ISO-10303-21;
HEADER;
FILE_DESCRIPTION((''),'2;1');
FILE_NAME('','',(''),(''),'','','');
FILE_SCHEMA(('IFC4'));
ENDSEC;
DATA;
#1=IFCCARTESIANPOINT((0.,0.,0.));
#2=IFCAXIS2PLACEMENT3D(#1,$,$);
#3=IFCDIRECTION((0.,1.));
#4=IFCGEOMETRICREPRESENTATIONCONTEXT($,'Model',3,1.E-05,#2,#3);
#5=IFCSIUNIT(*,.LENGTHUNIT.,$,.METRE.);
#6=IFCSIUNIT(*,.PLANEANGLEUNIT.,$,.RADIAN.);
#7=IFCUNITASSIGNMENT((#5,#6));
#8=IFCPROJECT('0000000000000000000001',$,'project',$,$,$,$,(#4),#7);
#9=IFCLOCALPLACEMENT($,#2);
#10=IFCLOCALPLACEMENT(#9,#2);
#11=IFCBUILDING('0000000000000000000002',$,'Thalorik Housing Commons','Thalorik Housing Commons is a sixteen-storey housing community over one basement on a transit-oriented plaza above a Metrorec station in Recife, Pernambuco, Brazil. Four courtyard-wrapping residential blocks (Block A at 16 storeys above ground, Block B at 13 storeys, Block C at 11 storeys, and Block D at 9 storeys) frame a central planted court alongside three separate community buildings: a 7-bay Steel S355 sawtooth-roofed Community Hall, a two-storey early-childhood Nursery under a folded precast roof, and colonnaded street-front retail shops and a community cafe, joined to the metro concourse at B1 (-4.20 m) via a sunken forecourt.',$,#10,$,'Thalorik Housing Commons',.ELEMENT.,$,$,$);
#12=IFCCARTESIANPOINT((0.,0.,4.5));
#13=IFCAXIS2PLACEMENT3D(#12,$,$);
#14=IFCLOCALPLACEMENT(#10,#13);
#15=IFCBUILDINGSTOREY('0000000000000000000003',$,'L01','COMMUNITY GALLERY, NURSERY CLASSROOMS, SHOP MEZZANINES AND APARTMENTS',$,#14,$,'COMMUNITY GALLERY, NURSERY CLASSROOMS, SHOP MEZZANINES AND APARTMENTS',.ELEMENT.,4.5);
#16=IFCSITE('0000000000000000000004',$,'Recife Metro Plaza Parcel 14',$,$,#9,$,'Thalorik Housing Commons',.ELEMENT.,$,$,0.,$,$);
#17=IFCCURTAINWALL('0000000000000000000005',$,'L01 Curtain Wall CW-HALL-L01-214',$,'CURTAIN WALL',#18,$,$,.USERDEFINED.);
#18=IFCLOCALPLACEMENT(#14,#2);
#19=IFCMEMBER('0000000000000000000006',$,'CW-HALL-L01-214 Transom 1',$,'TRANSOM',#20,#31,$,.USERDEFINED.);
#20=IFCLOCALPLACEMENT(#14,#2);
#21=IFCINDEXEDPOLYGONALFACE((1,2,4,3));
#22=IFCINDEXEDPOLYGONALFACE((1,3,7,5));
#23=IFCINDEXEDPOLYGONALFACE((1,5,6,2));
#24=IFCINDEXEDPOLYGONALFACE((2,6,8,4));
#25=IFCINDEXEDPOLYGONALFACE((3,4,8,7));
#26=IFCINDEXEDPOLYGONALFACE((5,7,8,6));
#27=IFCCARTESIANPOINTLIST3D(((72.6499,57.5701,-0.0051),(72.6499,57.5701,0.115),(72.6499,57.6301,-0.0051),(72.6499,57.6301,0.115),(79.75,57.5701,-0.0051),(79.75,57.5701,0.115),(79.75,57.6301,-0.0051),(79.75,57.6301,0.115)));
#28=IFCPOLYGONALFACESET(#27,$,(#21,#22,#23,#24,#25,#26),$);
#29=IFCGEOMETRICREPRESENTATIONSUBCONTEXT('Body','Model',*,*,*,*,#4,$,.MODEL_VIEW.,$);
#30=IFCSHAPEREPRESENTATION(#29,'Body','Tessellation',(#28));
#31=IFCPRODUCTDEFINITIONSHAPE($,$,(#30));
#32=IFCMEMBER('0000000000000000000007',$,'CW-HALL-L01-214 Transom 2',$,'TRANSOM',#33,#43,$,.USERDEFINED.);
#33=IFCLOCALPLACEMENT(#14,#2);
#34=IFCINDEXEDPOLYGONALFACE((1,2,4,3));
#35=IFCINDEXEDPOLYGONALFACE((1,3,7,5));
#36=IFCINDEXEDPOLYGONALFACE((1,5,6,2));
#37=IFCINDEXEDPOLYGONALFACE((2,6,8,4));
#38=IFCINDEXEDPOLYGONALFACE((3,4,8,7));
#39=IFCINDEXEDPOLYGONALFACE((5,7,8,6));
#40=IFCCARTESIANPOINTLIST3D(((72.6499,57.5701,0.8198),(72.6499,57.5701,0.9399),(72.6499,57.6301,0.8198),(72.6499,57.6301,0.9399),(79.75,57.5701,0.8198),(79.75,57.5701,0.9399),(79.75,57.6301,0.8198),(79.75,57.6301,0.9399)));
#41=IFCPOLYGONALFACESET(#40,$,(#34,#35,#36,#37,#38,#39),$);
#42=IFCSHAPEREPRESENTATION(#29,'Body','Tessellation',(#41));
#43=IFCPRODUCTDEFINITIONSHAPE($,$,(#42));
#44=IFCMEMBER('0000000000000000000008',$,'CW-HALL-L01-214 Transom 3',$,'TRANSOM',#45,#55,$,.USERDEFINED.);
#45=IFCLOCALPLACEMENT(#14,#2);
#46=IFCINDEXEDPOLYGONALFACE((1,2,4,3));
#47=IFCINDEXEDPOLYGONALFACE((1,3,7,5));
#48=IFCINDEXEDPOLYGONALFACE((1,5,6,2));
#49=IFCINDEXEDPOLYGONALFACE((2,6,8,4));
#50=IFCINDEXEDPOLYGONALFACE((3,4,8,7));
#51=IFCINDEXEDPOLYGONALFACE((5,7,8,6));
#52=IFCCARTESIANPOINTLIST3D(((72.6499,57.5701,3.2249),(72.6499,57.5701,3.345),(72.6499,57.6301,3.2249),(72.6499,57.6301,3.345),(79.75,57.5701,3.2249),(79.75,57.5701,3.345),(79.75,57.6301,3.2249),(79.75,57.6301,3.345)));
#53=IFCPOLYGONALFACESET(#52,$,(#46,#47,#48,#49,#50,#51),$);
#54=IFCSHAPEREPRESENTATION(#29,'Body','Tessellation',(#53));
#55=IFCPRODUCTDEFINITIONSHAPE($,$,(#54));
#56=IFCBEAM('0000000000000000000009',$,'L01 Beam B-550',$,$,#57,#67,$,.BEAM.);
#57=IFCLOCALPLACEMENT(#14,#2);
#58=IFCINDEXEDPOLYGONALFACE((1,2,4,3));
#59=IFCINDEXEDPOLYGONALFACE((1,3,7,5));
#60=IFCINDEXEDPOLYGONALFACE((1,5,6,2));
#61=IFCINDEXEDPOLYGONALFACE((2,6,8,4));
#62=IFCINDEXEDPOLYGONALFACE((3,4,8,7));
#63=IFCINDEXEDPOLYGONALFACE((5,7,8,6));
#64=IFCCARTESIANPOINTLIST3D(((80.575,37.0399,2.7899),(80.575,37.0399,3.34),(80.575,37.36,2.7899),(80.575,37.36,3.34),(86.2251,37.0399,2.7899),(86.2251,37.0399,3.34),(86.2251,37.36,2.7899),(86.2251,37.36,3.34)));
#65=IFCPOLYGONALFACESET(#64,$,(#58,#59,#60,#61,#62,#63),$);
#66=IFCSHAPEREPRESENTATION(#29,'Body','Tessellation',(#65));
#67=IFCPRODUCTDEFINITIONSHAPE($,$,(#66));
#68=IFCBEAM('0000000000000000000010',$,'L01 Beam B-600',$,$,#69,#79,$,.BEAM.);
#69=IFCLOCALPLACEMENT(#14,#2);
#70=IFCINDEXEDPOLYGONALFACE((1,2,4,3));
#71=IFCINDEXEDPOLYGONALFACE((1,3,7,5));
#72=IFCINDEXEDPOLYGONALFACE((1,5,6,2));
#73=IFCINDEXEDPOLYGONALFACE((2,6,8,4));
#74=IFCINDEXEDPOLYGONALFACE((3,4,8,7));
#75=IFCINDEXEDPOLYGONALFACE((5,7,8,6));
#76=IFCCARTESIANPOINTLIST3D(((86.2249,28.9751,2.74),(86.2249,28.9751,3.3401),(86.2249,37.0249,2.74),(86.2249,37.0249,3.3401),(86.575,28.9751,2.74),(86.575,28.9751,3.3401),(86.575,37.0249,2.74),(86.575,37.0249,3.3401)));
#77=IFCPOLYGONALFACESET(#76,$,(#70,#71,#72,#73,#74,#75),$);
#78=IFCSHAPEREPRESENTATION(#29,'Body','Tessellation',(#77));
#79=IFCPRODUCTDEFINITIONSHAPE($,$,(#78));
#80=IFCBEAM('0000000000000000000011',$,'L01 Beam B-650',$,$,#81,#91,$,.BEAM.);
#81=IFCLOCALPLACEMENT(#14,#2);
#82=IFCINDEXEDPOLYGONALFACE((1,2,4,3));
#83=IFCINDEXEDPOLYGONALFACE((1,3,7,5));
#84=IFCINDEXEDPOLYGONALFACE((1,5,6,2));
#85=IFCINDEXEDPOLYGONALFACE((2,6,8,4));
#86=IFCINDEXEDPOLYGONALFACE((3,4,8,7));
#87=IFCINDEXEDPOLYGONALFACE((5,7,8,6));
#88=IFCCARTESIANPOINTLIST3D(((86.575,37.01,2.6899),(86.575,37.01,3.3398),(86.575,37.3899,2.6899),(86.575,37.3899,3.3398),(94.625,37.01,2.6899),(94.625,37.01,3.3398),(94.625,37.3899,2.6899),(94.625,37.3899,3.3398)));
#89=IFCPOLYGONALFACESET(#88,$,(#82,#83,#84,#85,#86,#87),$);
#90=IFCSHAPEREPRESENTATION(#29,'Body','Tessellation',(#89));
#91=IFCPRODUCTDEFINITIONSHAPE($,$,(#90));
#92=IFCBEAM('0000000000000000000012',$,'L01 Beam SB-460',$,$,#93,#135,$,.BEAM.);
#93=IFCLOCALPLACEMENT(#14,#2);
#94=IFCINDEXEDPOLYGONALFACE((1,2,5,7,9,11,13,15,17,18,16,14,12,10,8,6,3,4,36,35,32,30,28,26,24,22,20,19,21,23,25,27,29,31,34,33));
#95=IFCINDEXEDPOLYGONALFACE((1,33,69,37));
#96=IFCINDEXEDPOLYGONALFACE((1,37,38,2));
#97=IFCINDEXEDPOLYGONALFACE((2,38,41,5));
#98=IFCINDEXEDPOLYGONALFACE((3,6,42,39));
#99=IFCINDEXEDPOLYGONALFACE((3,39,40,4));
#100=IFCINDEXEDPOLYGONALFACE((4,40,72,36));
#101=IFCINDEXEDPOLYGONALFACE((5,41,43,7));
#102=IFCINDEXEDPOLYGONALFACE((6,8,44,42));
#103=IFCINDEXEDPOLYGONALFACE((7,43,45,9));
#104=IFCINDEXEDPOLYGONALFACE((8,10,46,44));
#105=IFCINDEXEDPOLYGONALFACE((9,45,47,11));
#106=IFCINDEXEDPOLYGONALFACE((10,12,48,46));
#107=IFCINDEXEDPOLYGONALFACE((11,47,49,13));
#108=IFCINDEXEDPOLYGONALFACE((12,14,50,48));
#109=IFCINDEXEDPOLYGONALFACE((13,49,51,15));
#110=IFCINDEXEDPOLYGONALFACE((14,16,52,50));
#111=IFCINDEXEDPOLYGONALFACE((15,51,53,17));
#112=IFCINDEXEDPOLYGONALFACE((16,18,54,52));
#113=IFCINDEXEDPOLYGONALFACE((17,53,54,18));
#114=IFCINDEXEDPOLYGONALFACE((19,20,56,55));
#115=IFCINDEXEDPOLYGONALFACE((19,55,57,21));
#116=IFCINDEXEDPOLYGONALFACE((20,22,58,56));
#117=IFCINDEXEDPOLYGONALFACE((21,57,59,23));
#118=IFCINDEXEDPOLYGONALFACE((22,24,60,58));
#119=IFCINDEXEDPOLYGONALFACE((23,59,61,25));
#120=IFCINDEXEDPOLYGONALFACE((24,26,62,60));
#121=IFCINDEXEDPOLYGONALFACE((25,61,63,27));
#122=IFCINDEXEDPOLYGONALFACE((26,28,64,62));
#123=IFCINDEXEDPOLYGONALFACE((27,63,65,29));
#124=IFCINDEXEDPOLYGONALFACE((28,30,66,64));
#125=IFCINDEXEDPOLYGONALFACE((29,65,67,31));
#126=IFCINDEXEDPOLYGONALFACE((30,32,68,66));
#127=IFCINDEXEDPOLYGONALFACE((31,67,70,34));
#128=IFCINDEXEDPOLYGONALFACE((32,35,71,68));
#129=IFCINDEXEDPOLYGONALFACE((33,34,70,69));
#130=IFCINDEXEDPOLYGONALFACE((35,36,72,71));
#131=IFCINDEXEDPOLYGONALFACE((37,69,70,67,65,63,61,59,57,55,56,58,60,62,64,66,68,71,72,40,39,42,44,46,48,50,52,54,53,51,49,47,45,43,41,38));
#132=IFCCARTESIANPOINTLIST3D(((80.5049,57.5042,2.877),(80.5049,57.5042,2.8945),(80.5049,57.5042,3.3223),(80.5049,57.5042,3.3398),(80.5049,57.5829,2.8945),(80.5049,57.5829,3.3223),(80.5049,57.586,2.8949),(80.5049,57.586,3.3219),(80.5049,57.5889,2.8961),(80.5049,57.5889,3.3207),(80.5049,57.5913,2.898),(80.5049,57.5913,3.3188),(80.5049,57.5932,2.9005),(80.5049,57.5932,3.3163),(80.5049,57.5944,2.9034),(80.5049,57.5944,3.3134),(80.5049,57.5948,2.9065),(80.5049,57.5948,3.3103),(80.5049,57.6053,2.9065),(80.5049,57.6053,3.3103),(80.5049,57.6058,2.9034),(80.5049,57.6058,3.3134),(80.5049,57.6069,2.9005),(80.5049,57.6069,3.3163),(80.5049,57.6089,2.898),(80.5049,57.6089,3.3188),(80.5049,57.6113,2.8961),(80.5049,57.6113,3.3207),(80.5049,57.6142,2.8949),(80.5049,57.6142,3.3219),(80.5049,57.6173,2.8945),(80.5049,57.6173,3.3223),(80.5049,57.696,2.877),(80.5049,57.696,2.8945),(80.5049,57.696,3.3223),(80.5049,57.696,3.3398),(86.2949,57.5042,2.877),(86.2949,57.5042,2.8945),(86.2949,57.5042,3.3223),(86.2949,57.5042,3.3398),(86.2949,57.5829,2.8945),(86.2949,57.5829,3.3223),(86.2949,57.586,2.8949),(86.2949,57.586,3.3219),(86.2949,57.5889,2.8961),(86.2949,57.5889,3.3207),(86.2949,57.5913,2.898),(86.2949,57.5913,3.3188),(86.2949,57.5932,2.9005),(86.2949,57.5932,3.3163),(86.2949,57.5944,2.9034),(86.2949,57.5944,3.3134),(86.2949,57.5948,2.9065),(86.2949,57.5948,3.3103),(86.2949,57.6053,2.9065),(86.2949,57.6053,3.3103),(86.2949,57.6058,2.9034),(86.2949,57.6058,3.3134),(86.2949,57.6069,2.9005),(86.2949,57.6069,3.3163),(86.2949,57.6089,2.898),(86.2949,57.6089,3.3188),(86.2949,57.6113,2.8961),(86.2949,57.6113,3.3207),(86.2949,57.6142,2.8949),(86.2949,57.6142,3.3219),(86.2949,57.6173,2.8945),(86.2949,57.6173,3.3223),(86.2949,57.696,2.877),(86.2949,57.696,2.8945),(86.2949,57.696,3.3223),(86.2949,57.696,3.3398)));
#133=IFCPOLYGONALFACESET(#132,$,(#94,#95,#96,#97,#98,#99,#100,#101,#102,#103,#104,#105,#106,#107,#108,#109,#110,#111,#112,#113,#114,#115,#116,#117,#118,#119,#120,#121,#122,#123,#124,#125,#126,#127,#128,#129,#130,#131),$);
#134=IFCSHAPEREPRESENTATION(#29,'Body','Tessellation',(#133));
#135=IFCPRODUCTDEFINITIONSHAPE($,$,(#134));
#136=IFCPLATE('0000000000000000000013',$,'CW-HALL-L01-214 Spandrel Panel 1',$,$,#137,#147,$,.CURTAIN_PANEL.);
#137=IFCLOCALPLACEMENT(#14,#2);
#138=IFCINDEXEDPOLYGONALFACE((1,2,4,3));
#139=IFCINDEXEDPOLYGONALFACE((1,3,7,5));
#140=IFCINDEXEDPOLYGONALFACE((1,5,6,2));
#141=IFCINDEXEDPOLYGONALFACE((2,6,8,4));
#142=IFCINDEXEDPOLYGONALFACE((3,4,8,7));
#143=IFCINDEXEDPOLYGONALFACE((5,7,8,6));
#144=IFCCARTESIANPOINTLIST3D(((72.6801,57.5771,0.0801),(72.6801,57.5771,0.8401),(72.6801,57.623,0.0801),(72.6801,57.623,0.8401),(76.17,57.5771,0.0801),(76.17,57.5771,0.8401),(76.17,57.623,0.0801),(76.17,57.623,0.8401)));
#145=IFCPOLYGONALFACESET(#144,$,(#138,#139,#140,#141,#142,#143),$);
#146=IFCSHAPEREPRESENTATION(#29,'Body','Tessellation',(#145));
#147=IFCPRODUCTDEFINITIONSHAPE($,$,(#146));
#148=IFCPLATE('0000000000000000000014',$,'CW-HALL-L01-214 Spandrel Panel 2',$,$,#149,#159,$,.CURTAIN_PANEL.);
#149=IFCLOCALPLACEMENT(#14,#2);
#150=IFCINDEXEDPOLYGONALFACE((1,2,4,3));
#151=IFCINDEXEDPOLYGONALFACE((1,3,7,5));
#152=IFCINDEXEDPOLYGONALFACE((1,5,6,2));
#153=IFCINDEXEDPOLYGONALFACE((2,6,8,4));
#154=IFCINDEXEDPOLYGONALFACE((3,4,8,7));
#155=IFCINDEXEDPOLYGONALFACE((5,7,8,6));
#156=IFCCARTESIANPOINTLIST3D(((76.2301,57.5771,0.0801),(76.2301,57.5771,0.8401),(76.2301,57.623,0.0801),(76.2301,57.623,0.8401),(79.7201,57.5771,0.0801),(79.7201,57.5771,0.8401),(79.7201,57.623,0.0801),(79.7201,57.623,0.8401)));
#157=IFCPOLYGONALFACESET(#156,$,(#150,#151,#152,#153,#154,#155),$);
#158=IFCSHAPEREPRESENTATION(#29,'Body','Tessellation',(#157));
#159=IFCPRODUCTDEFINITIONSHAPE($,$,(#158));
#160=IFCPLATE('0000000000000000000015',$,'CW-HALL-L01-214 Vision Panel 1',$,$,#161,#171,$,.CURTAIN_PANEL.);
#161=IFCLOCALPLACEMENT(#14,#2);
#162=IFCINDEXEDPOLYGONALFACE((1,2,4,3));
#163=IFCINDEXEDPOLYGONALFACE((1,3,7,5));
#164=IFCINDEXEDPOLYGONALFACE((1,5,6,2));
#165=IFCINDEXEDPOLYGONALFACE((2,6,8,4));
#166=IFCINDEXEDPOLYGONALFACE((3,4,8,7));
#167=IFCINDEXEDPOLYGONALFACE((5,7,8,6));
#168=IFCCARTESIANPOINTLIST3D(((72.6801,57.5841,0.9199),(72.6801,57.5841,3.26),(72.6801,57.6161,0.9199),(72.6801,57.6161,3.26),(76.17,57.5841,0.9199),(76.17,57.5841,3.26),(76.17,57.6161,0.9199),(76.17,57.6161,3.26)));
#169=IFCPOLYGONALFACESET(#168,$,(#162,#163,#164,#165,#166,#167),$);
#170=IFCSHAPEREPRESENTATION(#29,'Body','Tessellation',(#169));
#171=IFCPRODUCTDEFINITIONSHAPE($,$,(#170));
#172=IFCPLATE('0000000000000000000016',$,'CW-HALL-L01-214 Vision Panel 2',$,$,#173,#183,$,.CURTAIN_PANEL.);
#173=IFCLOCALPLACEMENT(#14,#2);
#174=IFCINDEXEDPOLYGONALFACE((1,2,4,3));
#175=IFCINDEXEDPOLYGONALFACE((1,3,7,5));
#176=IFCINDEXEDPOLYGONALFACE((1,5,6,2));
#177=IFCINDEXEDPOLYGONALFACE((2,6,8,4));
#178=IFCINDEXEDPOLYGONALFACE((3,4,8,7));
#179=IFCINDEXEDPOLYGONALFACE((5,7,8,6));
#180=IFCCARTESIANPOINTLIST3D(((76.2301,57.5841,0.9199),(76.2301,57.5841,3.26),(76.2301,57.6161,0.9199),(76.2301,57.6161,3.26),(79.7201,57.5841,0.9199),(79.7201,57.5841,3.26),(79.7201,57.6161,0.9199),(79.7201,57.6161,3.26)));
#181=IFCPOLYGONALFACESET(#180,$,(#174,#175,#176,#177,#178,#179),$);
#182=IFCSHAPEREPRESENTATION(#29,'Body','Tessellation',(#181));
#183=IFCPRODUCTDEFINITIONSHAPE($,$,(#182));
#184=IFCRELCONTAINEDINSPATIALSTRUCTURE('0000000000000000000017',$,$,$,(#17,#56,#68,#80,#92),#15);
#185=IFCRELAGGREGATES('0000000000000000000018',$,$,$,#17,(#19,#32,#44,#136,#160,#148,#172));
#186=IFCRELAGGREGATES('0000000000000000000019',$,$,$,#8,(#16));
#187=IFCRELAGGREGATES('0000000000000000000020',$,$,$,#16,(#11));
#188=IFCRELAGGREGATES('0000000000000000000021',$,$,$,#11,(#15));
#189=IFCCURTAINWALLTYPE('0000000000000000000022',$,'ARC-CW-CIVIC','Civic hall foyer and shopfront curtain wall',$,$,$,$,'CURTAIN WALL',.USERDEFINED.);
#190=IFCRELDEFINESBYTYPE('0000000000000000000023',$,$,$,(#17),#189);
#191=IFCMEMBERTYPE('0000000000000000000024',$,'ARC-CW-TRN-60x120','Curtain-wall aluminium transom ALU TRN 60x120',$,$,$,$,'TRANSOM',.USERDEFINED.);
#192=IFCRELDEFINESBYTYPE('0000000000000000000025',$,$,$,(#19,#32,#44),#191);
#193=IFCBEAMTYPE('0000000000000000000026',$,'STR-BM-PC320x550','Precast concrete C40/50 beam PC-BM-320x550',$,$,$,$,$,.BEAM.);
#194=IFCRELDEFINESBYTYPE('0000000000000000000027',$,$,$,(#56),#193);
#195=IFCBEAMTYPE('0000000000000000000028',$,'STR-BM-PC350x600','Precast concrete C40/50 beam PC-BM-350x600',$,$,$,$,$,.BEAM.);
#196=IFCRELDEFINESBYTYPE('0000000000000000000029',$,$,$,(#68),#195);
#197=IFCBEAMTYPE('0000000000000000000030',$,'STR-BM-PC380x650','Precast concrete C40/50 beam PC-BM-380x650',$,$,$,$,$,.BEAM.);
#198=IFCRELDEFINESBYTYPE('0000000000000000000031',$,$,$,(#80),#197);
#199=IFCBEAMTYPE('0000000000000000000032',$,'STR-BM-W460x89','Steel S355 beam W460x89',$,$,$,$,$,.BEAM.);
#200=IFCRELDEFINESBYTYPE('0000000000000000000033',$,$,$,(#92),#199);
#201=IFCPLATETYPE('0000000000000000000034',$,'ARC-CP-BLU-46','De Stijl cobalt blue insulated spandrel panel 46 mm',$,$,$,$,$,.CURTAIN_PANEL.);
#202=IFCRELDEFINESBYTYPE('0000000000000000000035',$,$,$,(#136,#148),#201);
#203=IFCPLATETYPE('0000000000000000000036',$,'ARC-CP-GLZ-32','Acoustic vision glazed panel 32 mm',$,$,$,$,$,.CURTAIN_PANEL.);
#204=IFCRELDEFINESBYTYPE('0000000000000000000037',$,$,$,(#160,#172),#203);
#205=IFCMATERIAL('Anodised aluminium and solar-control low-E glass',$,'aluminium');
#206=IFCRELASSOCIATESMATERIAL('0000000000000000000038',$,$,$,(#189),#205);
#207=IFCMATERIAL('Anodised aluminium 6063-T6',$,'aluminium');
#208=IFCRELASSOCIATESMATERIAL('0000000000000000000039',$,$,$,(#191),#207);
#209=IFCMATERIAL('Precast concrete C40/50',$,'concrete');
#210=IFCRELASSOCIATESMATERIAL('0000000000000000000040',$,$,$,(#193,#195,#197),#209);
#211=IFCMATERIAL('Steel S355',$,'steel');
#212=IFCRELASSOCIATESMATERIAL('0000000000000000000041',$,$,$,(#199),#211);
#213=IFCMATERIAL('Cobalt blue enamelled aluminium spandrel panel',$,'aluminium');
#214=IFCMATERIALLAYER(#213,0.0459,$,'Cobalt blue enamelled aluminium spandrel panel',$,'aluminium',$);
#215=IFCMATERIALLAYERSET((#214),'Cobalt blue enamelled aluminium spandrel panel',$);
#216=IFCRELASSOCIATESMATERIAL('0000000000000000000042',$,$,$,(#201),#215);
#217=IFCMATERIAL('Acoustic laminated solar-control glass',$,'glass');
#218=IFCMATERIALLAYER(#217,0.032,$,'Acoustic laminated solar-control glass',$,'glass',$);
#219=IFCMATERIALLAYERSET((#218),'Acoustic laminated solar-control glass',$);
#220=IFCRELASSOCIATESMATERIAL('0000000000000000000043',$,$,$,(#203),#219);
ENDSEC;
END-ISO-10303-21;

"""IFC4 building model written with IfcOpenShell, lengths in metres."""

from ifc_helpers import new_model, si_unit, direction, frame, origin, origin_2d, place, context, subcontext, project, spatial, rectangle, i_section, extrude, material, layer, layer_set, material_profile, profile_set, type_object, element, aggregate, save


model = new_model("IFC4")

# Units and contexts
model_context = context("Model", 3, precision=1e-05, world=origin(), true_north=direction((0.0, 1.0)))
body_context = subcontext(model_context, "Body", "Model", "MODEL_VIEW")
ifc_project = project(units=[si_unit("LENGTHUNIT", "METRE"), si_unit("PLANEANGLEUNIT", "RADIAN")], contexts=[model_context])

# Site, building, storey
site_placement = place(None, origin())
site = spatial("IfcSite", under=ifc_project, at=site_placement, Name="Recife Metro Plaza Parcel 14", LongName="Thalorik Housing Commons", CompositionType="ELEMENT", RefElevation=0.0)
building_placement = place(site_placement, origin())
building = spatial("IfcBuilding", under=site, at=building_placement, Name="Thalorik Housing Commons", Description="Thalorik Housing Commons is a sixteen-storey housing community over one basement on a transit-oriented plaza above a Metrorec station in Recife, Pernambuco, Brazil. Four courtyard-wrapping residential blocks (Block A at 16 storeys above ground, Block B at 13 storeys, Block C at 11 storeys, and Block D at 9 storeys) frame a central planted court alongside three separate community buildings: a 7-bay Steel S355 sawtooth-roofed Community Hall, a two-storey early-childhood Nursery under a folded precast roof, and colonnaded street-front retail shops and a community cafe, joined to the metro concourse at B1 (-4.20 m) via a sunken forecourt.", LongName="Thalorik Housing Commons", CompositionType="ELEMENT")
storey_placement = place(building_placement, frame((0.0, 0.0, 4.5)))
storey = spatial("IfcBuildingStorey", under=building, at=storey_placement, Name="L01", Description="COMMUNITY GALLERY, NURSERY CLASSROOMS, SHOP MEZZANINES AND APARTMENTS", LongName="COMMUNITY GALLERY, NURSERY CLASSROOMS, SHOP MEZZANINES AND APARTMENTS", CompositionType="ELEMENT", Elevation=4.5)

# Shared definitions
ifc_material_1 = material(Name="Steel S355", Category="steel")
ifc_material_2 = material(Name="Precast concrete C40/50", Category="concrete")

# Curtain wall
ifc_material_3 = material(Name="Anodised aluminium and solar-control low-E glass", Category="aluminium")
curtain_wall_type = type_object("IfcCurtainWallType", Name="ARC-CW-CIVIC", Description="Civic hall foyer and shopfront curtain wall", ElementType="CURTAIN WALL", PredefinedType="USERDEFINED", material=ifc_material_3)
ifc_material_4 = material(Name="Anodised aluminium 6063-T6", Category="aluminium")
curtain_wall_1_placement = place(storey_placement, origin())
curtain_wall_1 = element("IfcCurtainWall", 1, at=curtain_wall_1_placement, inside=storey, type_object=curtain_wall_type, Name="L01 Curtain Wall CW-HALL-L01-214", ObjectType="CURTAIN WALL", PredefinedType="USERDEFINED")

# Members
ifc_material_profile_1 = material_profile(ifc_material_4, rectangle(XDim=0.0601, YDim=0.1201, at=origin_2d()), Name="ALU TRN 60x120", Category="aluminium")
ifc_profile_set_1 = profile_set([ifc_material_profile_1], Name="Anodised aluminium 6063-T6")
member_type_1 = type_object("IfcMemberType", Name="ARC-CW-TRN-60x120", Description="Curtain-wall aluminium transom ALU TRN 60x120", ElementType="TRANSOM", PredefinedType="USERDEFINED", material=ifc_profile_set_1)
member_1_placement = place(storey_placement, frame((72.6499, 57.6001, 0.0549), z_axis=(1.0, 0.0, 0.0), x_axis=(0.0, 1.0, 0.0)))
member_1 = element("IfcMember", 2, at=member_1_placement, type_object=member_type_1, Name="CW-HALL-L01-214 Transom 1", ObjectType="TRANSOM", PredefinedType="USERDEFINED", context=body_context, shape_type="SweptSolid", body=[
    extrude(rectangle(XDim=0.0601, YDim=0.1201, at=origin_2d()), origin(), (0.0, 0.0, 1.0), 7.1001),
])
member_2_placement = place(storey_placement, frame((72.6499, 57.6001, 0.8799), z_axis=(1.0, 0.0, 0.0), x_axis=(0.0, 1.0, 0.0)))
member_2 = element("IfcMember", 3, at=member_2_placement, type_object=member_type_1, Name="CW-HALL-L01-214 Transom 2", ObjectType="TRANSOM", PredefinedType="USERDEFINED", context=body_context, shape_type="SweptSolid", body=[
    extrude(rectangle(XDim=0.0601, YDim=0.1201, at=origin_2d()), origin(), (0.0, 0.0, 1.0), 7.1001),
])
member_3_placement = place(storey_placement, frame((72.6499, 57.6001, 3.2849), z_axis=(1.0, 0.0, 0.0), x_axis=(0.0, 1.0, 0.0)))
member_3 = element("IfcMember", 4, at=member_3_placement, type_object=member_type_1, Name="CW-HALL-L01-214 Transom 3", ObjectType="TRANSOM", PredefinedType="USERDEFINED", context=body_context, shape_type="SweptSolid", body=[
    extrude(rectangle(XDim=0.0601, YDim=0.1201, at=origin_2d()), origin(), (0.0, 0.0, 1.0), 7.1001),
])

# Beams
ifc_material_profile_2 = material_profile(ifc_material_2, rectangle(XDim=0.3201, YDim=0.55, at=origin_2d()), Name="PC 320x550", Category="concrete")
ifc_profile_set_2 = profile_set([ifc_material_profile_2], Name="Precast concrete C40/50")
beam_type_1 = type_object("IfcBeamType", Name="STR-BM-PC320x550", Description="Precast concrete C40/50 beam PC-BM-320x550", PredefinedType="BEAM", material=ifc_profile_set_2)
beam_1_placement = place(storey_placement, frame((80.575, 37.2, 3.0649), z_axis=(1.0, 0.0, 0.0), x_axis=(0.0, 1.0, 0.0)))
element("IfcBeam", 5, at=beam_1_placement, inside=storey, type_object=beam_type_1, Name="L01 Beam B-550", PredefinedType="BEAM", context=body_context, shape_type="SweptSolid", body=[
    extrude(rectangle(XDim=0.3201, YDim=0.55, at=origin_2d()), origin(), (0.0, 0.0, 1.0), 5.6501),
])
ifc_material_profile_3 = material_profile(ifc_material_2, rectangle(XDim=0.3501, YDim=0.6001, at=origin_2d()), Name="PC 350x600", Category="concrete")
ifc_profile_set_3 = profile_set([ifc_material_profile_3], Name="Precast concrete C40/50")
beam_type_2 = type_object("IfcBeamType", Name="STR-BM-PC350x600", Description="Precast concrete C40/50 beam PC-BM-350x600", PredefinedType="BEAM", material=ifc_profile_set_3)
beam_2_placement = place(storey_placement, frame((86.3999, 28.9751, 3.04), z_axis=(0.0, 1.0, 0.0), x_axis=(-1.0, 0.0, 0.0)))
element("IfcBeam", 6, at=beam_2_placement, inside=storey, type_object=beam_type_2, Name="L01 Beam B-600", PredefinedType="BEAM", context=body_context, shape_type="SweptSolid", body=[
    extrude(rectangle(XDim=0.3501, YDim=0.6001, at=origin_2d()), origin(), (0.0, 0.0, 1.0), 8.0498),
])
ifc_material_profile_4 = material_profile(ifc_material_2, rectangle(XDim=0.3799, YDim=0.6499, at=origin_2d()), Name="PC 380x650", Category="concrete")
ifc_profile_set_4 = profile_set([ifc_material_profile_4], Name="Precast concrete C40/50")
beam_type_3 = type_object("IfcBeamType", Name="STR-BM-PC380x650", Description="Precast concrete C40/50 beam PC-BM-380x650", PredefinedType="BEAM", material=ifc_profile_set_4)
beam_3_placement = place(storey_placement, frame((86.575, 37.2, 3.0149), z_axis=(1.0, 0.0, 0.0), x_axis=(0.0, 1.0, 0.0)))
element("IfcBeam", 7, at=beam_3_placement, inside=storey, type_object=beam_type_3, Name="L01 Beam B-650", PredefinedType="BEAM", context=body_context, shape_type="SweptSolid", body=[
    extrude(rectangle(XDim=0.3799, YDim=0.6499, at=origin_2d()), origin(), (0.0, 0.0, 1.0), 8.05),
])
ifc_material_profile_5 = material_profile(ifc_material_1, i_section(OverallWidth=0.1919, OverallDepth=0.4629, WebThickness=0.0105, FlangeThickness=0.0176, FilletRadius=0.012, at=origin_2d()), Name="W460x89", Category="steel")
ifc_profile_set_5 = profile_set([ifc_material_profile_5], Name="Steel S355")
beam_type_4 = type_object("IfcBeamType", Name="STR-BM-W460x89", Description="Steel S355 beam W460x89", PredefinedType="BEAM", material=ifc_profile_set_5)
beam_4_placement = place(storey_placement, frame((80.5049, 57.6001, 3.1084), z_axis=(1.0, 0.0, 0.0), x_axis=(0.0, 1.0, 0.0)))
element("IfcBeam", 8, at=beam_4_placement, inside=storey, type_object=beam_type_4, Name="L01 Beam SB-460", PredefinedType="BEAM", context=body_context, shape_type="SweptSolid", body=[
    extrude(i_section(OverallWidth=0.1919, OverallDepth=0.4629, WebThickness=0.0105, FlangeThickness=0.0176, FilletRadius=0.012, at=origin_2d()), origin(), (0.0, 0.0, 1.0), 5.79),
])

# Plates
ifc_material_5 = material(Name="Cobalt blue enamelled aluminium spandrel panel", Category="aluminium")
ifc_layer_1 = layer(ifc_material_5, 0.0459, Name="Cobalt blue enamelled aluminium spandrel panel", Category="aluminium")
ifc_layer_set_1 = layer_set([ifc_layer_1], Name="Cobalt blue enamelled aluminium spandrel panel")
plate_type_1 = type_object("IfcPlateType", Name="ARC-CP-BLU-46", Description="De Stijl cobalt blue insulated spandrel panel 46 mm", PredefinedType="CURTAIN_PANEL", material=ifc_layer_set_1)
plate_1_placement = place(storey_placement, frame((74.425, 57.6001, 0.0801), z_axis=(0.0, 0.0, 1.0), x_axis=(1.0, 0.0, 0.0)))
plate_1 = element("IfcPlate", 9, at=plate_1_placement, type_object=plate_type_1, Name="CW-HALL-L01-214 Spandrel Panel 1", PredefinedType="CURTAIN_PANEL", context=body_context, shape_type="SweptSolid", body=[
    extrude(rectangle(XDim=3.49, YDim=0.0459, at=origin_2d()), origin(), (0.0, 0.0, 1.0), 0.76),
])
plate_2_placement = place(storey_placement, frame((77.9751, 57.6001, 0.0801), z_axis=(0.0, 0.0, 1.0), x_axis=(1.0, 0.0, 0.0)))
plate_2 = element("IfcPlate", 10, at=plate_2_placement, type_object=plate_type_1, Name="CW-HALL-L01-214 Spandrel Panel 2", PredefinedType="CURTAIN_PANEL", context=body_context, shape_type="SweptSolid", body=[
    extrude(rectangle(XDim=3.49, YDim=0.0459, at=origin_2d()), origin(), (0.0, 0.0, 1.0), 0.76),
])
ifc_material_6 = material(Name="Acoustic laminated solar-control glass", Category="glass")
ifc_layer_2 = layer(ifc_material_6, 0.032, Name="Acoustic laminated solar-control glass", Category="glass")
ifc_layer_set_2 = layer_set([ifc_layer_2], Name="Acoustic laminated solar-control glass")
plate_type_2 = type_object("IfcPlateType", Name="ARC-CP-GLZ-32", Description="Acoustic vision glazed panel 32 mm", PredefinedType="CURTAIN_PANEL", material=ifc_layer_set_2)
plate_3_placement = place(storey_placement, frame((74.425, 57.6001, 0.9199), z_axis=(0.0, 0.0, 1.0), x_axis=(1.0, 0.0, 0.0)))
plate_3 = element("IfcPlate", 11, at=plate_3_placement, type_object=plate_type_2, Name="CW-HALL-L01-214 Vision Panel 1", PredefinedType="CURTAIN_PANEL", context=body_context, shape_type="SweptSolid", body=[
    extrude(rectangle(XDim=3.49, YDim=0.032, at=origin_2d()), origin(), (0.0, 0.0, 1.0), 2.3401),
])
plate_4_placement = place(storey_placement, frame((77.9751, 57.6001, 0.9199), z_axis=(0.0, 0.0, 1.0), x_axis=(1.0, 0.0, 0.0)))
plate_4 = element("IfcPlate", 12, at=plate_4_placement, type_object=plate_type_2, Name="CW-HALL-L01-214 Vision Panel 2", PredefinedType="CURTAIN_PANEL", context=body_context, shape_type="SweptSolid", body=[
    extrude(rectangle(XDim=3.49, YDim=0.032, at=origin_2d()), origin(), (0.0, 0.0, 1.0), 2.3401),
])
aggregate(curtain_wall_1, [member_1, member_2, member_3, plate_1, plate_3, plate_2, plate_4])

save(model, "model.ifc")
